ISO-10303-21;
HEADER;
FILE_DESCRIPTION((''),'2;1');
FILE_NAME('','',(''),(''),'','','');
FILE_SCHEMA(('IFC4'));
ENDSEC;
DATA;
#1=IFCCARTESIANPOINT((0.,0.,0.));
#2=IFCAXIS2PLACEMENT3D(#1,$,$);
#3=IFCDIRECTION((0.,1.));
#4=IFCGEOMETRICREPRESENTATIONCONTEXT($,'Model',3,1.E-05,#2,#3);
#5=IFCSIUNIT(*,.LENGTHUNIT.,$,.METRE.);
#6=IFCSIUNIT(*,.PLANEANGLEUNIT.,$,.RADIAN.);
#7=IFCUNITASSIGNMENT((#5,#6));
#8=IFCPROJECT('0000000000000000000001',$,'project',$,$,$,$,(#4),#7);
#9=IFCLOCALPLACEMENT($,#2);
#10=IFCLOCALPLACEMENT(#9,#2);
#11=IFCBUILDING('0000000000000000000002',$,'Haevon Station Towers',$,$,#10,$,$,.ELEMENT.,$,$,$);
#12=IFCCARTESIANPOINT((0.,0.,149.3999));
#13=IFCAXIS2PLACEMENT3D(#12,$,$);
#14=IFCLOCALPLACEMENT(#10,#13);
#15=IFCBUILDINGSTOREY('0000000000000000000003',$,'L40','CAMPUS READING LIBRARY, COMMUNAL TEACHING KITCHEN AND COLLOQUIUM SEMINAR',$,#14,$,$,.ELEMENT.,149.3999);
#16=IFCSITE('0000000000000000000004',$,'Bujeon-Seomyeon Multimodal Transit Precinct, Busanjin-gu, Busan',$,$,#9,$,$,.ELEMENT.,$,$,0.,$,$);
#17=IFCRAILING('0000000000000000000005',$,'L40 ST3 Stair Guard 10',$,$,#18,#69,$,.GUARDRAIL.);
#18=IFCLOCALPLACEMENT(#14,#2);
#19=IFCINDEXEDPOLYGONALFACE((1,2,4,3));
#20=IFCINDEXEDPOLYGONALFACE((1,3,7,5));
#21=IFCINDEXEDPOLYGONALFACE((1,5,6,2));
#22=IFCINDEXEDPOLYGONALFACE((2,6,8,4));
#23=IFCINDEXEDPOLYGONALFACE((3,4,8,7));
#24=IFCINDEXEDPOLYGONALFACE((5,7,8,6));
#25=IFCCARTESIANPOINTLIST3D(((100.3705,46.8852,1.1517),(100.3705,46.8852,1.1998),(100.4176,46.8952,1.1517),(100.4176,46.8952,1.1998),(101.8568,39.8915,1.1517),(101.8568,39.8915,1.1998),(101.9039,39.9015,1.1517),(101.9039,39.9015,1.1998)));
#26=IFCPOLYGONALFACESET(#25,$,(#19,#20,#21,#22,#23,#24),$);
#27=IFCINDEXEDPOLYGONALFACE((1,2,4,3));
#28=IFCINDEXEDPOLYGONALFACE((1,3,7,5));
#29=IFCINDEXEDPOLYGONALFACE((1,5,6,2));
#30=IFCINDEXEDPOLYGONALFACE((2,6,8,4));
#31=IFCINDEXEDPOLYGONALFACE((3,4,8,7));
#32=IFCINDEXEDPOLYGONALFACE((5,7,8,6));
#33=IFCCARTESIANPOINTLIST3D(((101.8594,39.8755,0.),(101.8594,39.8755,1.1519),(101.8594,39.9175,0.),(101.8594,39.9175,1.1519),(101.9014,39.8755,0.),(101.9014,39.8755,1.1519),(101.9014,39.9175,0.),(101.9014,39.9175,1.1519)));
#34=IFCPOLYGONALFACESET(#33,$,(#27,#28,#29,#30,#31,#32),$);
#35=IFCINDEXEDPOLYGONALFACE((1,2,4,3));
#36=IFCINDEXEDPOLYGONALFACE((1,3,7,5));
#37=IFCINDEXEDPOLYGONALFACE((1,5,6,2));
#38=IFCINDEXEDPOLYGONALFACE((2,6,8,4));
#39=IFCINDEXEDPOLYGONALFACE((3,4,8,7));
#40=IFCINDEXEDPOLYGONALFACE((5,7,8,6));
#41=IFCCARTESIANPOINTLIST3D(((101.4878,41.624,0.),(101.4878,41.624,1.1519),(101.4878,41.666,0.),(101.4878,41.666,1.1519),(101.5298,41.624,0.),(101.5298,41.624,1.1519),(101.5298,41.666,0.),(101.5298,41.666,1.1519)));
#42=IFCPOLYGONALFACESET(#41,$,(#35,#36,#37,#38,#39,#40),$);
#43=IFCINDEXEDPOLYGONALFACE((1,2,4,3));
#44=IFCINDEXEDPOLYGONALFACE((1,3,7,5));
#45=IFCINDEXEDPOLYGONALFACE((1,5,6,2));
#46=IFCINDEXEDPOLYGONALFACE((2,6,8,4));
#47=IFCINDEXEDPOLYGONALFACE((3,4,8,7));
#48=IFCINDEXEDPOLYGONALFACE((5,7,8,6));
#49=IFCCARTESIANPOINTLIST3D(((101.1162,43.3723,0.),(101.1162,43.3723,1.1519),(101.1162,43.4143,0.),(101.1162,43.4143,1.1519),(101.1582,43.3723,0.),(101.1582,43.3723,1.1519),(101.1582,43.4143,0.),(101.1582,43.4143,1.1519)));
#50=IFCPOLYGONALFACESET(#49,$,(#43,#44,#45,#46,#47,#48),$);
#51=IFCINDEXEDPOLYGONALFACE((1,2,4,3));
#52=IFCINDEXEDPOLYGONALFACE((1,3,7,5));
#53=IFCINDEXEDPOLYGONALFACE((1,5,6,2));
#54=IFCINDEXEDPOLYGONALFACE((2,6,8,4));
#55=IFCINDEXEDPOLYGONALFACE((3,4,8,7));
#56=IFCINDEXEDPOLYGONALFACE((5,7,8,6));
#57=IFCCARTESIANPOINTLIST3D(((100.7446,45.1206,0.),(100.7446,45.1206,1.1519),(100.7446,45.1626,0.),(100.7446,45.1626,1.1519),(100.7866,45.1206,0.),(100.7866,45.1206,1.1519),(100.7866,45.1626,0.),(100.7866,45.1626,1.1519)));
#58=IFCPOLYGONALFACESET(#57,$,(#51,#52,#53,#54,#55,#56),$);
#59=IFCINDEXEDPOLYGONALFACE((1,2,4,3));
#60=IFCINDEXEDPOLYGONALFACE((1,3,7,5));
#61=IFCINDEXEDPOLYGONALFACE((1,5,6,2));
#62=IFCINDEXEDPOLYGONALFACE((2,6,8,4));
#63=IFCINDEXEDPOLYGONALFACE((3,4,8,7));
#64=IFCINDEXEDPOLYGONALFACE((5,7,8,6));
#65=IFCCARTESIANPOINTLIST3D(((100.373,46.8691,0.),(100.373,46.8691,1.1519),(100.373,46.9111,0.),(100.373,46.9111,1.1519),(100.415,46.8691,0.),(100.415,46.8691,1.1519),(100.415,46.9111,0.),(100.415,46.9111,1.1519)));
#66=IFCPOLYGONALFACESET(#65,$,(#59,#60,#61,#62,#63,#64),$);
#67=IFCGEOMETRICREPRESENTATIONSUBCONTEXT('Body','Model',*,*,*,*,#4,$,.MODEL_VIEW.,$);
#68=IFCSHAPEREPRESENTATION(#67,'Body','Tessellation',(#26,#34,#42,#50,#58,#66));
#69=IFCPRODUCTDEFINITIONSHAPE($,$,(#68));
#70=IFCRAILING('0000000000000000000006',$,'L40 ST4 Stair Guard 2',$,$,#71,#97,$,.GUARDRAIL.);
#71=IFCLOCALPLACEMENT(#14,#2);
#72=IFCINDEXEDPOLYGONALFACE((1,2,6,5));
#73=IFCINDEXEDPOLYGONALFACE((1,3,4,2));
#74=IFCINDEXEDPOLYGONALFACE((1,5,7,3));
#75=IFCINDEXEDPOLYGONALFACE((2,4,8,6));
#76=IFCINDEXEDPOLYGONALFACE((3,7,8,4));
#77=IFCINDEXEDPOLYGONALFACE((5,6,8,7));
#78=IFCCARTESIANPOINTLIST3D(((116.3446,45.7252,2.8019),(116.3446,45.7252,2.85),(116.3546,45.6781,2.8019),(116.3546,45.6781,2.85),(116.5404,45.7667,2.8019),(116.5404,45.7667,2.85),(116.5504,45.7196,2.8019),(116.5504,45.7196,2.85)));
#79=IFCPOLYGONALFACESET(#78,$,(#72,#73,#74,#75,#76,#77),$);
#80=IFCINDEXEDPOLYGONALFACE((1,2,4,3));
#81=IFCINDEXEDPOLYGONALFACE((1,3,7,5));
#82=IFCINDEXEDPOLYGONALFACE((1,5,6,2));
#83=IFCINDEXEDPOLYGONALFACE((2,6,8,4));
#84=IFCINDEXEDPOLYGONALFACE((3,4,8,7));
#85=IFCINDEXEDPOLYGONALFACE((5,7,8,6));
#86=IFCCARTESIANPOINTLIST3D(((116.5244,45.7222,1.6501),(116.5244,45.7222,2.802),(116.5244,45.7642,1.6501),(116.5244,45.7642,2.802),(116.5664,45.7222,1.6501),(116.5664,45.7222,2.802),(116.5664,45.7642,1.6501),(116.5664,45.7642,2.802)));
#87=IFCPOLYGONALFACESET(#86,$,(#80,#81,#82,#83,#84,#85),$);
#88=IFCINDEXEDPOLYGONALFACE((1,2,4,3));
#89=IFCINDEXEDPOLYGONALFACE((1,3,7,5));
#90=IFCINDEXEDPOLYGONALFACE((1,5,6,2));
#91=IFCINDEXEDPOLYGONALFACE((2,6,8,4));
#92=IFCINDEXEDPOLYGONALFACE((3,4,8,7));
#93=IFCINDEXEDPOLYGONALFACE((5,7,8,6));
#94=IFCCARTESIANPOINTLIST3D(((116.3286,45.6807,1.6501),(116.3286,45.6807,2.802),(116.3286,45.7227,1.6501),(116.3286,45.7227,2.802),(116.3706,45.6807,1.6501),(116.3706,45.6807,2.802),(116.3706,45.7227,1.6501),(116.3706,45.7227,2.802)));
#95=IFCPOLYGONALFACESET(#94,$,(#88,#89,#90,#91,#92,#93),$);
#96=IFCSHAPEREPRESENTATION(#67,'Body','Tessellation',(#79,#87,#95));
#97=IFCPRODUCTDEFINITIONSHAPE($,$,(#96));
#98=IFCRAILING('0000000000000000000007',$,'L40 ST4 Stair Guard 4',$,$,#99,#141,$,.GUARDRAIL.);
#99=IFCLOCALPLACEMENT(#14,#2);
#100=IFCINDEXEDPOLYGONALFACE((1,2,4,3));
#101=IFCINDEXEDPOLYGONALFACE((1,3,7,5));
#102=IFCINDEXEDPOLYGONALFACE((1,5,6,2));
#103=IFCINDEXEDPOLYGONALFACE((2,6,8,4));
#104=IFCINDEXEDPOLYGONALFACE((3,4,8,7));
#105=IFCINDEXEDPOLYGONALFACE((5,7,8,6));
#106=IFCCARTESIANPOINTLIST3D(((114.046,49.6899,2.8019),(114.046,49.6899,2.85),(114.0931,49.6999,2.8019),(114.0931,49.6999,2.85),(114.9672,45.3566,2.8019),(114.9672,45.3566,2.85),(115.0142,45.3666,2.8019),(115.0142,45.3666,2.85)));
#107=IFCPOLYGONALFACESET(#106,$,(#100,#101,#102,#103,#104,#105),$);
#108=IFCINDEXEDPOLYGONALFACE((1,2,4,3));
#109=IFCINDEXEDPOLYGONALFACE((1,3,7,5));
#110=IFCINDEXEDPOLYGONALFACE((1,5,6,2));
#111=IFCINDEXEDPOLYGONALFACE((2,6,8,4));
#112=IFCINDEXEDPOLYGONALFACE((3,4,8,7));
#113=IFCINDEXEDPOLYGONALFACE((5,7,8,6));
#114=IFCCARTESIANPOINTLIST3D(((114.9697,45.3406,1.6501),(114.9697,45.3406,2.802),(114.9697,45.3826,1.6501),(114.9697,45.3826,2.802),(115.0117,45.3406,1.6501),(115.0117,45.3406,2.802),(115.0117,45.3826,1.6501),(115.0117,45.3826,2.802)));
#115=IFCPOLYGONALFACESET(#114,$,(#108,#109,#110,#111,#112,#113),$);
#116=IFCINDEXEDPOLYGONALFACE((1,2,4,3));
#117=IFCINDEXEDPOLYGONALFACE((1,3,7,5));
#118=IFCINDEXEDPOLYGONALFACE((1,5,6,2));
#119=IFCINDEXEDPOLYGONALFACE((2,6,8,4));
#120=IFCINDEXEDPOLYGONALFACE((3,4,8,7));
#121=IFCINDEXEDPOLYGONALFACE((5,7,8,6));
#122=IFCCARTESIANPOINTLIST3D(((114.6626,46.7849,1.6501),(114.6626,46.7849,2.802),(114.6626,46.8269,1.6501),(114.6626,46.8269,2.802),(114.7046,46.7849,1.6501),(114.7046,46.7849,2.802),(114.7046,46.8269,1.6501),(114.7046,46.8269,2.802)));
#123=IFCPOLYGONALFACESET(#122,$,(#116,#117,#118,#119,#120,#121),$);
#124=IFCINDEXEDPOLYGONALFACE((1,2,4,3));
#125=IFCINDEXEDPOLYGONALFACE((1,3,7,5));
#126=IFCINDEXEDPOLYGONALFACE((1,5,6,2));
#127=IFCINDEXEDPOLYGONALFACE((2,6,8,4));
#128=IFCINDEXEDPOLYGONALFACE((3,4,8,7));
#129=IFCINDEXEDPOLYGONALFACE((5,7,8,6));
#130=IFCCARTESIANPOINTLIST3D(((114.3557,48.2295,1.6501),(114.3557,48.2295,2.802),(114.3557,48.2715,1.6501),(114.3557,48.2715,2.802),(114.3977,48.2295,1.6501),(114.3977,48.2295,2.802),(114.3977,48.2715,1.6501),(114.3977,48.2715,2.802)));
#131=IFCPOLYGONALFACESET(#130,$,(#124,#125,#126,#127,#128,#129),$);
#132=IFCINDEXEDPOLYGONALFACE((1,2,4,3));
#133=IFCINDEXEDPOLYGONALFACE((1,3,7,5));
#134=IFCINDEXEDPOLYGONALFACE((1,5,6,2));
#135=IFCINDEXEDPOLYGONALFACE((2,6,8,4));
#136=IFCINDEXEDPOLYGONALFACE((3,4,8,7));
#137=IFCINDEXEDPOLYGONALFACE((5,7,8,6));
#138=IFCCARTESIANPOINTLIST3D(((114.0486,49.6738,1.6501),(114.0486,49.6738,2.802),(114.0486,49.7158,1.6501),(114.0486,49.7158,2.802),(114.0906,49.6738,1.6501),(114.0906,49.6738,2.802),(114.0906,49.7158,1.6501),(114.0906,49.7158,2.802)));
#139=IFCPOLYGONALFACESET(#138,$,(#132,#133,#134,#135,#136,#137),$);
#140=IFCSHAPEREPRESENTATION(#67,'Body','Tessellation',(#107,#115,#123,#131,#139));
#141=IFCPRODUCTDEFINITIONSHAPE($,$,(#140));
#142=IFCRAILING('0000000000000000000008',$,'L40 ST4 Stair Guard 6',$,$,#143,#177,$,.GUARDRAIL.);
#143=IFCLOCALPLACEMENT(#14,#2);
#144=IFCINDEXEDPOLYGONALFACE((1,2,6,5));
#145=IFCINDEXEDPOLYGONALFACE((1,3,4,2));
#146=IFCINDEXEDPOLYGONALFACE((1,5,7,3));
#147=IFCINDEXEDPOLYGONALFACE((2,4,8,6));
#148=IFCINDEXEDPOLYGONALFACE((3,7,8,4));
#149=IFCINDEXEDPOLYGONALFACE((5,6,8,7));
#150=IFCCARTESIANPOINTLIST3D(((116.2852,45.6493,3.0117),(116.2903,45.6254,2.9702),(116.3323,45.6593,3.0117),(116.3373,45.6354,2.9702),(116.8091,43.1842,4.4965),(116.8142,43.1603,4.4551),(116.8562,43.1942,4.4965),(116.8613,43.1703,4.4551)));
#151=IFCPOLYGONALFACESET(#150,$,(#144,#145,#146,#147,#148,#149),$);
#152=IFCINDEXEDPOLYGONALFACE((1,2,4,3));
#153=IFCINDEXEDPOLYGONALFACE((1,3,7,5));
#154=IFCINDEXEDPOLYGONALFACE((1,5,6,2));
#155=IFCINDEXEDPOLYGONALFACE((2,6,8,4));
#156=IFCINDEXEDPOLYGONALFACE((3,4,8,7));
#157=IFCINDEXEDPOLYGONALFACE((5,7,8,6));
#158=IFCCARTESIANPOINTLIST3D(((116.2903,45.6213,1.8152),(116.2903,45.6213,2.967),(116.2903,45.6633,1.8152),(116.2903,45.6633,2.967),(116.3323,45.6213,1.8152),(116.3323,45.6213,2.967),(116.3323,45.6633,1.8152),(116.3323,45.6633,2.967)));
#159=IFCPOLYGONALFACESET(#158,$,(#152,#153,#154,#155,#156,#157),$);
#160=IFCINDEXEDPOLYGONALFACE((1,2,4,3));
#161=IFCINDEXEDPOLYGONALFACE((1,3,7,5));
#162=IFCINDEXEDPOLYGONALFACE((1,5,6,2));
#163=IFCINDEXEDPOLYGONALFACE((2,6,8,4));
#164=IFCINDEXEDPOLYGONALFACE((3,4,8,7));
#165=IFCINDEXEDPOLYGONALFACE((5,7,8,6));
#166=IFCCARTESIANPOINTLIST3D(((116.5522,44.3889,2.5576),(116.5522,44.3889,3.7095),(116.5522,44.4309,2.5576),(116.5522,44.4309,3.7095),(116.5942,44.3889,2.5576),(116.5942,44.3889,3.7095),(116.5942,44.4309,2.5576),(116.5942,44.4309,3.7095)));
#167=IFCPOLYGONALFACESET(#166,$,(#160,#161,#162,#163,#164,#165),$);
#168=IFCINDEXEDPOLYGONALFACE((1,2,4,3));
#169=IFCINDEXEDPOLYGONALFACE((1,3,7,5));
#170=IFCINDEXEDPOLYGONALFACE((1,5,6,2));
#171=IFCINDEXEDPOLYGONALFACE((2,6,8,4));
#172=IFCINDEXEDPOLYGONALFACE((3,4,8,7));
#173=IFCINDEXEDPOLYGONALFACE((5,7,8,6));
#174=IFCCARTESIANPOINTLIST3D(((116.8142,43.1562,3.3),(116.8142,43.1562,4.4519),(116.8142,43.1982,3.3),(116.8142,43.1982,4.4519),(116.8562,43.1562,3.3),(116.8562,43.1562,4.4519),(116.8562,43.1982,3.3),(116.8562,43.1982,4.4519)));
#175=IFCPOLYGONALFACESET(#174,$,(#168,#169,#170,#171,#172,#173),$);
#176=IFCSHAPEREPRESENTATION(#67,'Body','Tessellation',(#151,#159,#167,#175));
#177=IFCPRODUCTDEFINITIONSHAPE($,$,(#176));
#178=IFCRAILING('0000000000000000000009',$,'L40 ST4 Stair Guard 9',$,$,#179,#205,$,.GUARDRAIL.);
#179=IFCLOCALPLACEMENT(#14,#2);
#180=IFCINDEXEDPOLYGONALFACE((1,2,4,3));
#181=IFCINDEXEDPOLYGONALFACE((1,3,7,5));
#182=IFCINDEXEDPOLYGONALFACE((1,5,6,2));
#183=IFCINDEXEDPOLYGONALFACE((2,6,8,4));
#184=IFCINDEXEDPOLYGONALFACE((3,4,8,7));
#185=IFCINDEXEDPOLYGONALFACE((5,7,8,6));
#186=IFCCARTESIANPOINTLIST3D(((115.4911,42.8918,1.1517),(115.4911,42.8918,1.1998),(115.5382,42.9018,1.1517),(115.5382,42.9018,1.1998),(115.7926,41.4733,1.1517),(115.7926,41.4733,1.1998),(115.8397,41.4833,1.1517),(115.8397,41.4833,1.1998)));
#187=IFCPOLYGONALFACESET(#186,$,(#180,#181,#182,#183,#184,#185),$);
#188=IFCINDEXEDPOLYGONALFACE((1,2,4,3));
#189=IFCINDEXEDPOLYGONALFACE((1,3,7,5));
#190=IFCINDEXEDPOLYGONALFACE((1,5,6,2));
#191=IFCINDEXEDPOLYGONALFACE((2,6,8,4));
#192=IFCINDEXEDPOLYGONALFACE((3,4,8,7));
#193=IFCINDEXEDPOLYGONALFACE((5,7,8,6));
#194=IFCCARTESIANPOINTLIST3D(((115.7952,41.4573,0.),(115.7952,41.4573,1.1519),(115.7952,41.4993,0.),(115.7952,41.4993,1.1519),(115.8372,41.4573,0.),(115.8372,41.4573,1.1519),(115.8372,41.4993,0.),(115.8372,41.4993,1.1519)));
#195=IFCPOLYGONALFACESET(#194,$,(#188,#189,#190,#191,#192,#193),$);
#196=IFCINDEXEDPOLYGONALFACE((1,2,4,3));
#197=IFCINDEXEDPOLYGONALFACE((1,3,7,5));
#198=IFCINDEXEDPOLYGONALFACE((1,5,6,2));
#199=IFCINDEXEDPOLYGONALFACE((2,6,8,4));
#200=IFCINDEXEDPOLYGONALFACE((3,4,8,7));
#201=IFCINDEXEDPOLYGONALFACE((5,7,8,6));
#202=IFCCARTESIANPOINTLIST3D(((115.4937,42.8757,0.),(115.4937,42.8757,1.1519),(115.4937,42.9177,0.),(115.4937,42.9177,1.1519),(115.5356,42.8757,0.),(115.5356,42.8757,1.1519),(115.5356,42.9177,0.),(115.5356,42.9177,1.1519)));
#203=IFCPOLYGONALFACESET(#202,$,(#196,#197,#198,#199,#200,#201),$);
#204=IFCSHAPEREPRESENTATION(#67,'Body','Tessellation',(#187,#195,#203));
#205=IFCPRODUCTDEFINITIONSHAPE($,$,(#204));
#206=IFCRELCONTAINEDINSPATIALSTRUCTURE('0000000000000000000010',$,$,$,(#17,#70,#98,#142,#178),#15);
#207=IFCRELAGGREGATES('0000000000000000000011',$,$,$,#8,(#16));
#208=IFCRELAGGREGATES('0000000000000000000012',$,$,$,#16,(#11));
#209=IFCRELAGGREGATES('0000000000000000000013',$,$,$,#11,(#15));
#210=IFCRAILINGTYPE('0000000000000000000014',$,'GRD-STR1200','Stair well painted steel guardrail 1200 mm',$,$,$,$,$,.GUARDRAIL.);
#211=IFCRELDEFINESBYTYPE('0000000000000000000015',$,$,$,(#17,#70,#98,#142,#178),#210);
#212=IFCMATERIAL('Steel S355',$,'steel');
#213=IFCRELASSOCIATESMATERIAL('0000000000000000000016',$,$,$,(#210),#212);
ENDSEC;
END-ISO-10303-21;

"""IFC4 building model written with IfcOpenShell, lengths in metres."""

from ifc_helpers import new_model, si_unit, direction, frame, origin, origin_2d, place, context, subcontext, project, spatial, rectangle, extrude, material, type_object, element, save


model = new_model("IFC4")

# Units and contexts
model_context = context("Model", 3, precision=1e-05, world=origin(), true_north=direction((0.0, 1.0)))
body_context = subcontext(model_context, "Body", "Model", "MODEL_VIEW")
ifc_project = project(units=[si_unit("LENGTHUNIT", "METRE"), si_unit("PLANEANGLEUNIT", "RADIAN")], contexts=[model_context])

# Site, building, storey
site_placement = place(None, origin())
site = spatial("IfcSite", under=ifc_project, at=site_placement, Name="Bujeon-Seomyeon Multimodal Transit Precinct, Busanjin-gu, Busan", CompositionType="ELEMENT", RefElevation=0.0)
building_placement = place(site_placement, origin())
building = spatial("IfcBuilding", under=site, at=building_placement, Name="Haevon Station Towers", CompositionType="ELEMENT")
storey_placement = place(building_placement, frame((0.0, 0.0, 149.3999)))
storey = spatial("IfcBuildingStorey", under=building, at=storey_placement, Name="L40", Description="CAMPUS READING LIBRARY, COMMUNAL TEACHING KITCHEN AND COLLOQUIUM SEMINAR", CompositionType="ELEMENT", Elevation=149.3999)

# Shared definitions
ifc_material_1 = material(Name="Steel S355", Category="steel")

# Railings
railing_type_1 = type_object("IfcRailingType", Name="GRD-STR1200", Description="Stair well painted steel guardrail 1200 mm", PredefinedType="GUARDRAIL", material=ifc_material_1)
railing_1_placement = place(storey_placement, frame((101.8804, 39.8965, 0.0)))
element("IfcRailing", 1, at=railing_1_placement, inside=storey, type_object=railing_type_1, Name="L40 ST3 Stair Guard 10", PredefinedType="GUARDRAIL", context=body_context, shape_type="SweptSolid", body=[
    extrude(rectangle(XDim=0.0481, YDim=0.0481, at=origin_2d()), frame((0.0, 0.0, 1.1758), z_axis=(-0.207882, 0.978154, 0.0), x_axis=(-0.978154, -0.207882, 0.0)), (0.0, 0.0, 1.0), 7.1499),
    extrude(rectangle(XDim=0.042, YDim=0.042, at=origin_2d()), origin(), (0.0, 0.0, 1.0), 1.1519),
    extrude(rectangle(XDim=0.042, YDim=0.042, at=origin_2d()), frame((-0.3716, 1.7485, 0.0)), (0.0, 0.0, 1.0), 1.1519),
    extrude(rectangle(XDim=0.042, YDim=0.042, at=origin_2d()), frame((-0.7432, 3.4968, 0.0)), (0.0, 0.0, 1.0), 1.1519),
    extrude(rectangle(XDim=0.042, YDim=0.042, at=origin_2d()), frame((-1.1147, 5.2451, 0.0)), (0.0, 0.0, 1.0), 1.1519),
    extrude(rectangle(XDim=0.042, YDim=0.042, at=origin_2d()), frame((-1.4863, 6.9937, 0.0)), (0.0, 0.0, 1.0), 1.1519),
])
railing_2_placement = place(storey_placement, frame((116.5454, 45.7432, 1.6501)))
element("IfcRailing", 2, at=railing_2_placement, inside=storey, type_object=railing_type_1, Name="L40 ST4 Stair Guard 2", PredefinedType="GUARDRAIL", context=body_context, shape_type="SweptSolid", body=[
    extrude(rectangle(XDim=0.0481, YDim=0.0481, at=origin_2d()), frame((0.0, 0.0, 1.1758), z_axis=(-0.978264, -0.207363, 0.0), x_axis=(0.207363, -0.978264, 0.0)), (0.0, 0.0, 1.0), 0.2002),
    extrude(rectangle(XDim=0.042, YDim=0.042, at=origin_2d()), origin(), (0.0, 0.0, 1.0), 1.1519),
    extrude(rectangle(XDim=0.042, YDim=0.042, at=origin_2d()), frame((-0.1958, -0.0415, 0.0)), (0.0, 0.0, 1.0), 1.1519),
])
railing_3_placement = place(storey_placement, frame((114.9907, 45.3616, 1.6501)))
element("IfcRailing", 3, at=railing_3_placement, inside=storey, type_object=railing_type_1, Name="L40 ST4 Stair Guard 4", PredefinedType="GUARDRAIL", context=body_context, shape_type="SweptSolid", body=[
    extrude(rectangle(XDim=0.0481, YDim=0.0481, at=origin_2d()), frame((0.0, 0.0, 1.1758), z_axis=(-0.207929, 0.978144, 0.0), x_axis=(-0.978144, -0.207929, 0.0)), (0.0, 0.0, 1.0), 4.4302),
    extrude(rectangle(XDim=0.042, YDim=0.042, at=origin_2d()), origin(), (0.0, 0.0, 1.0), 1.1519),
    extrude(rectangle(XDim=0.042, YDim=0.042, at=origin_2d()), frame((-0.3071, 1.4443, 0.0)), (0.0, 0.0, 1.0), 1.1519),
    extrude(rectangle(XDim=0.042, YDim=0.042, at=origin_2d()), frame((-0.614, 2.8889, 0.0)), (0.0, 0.0, 1.0), 1.1519),
    extrude(rectangle(XDim=0.042, YDim=0.042, at=origin_2d()), frame((-0.9211, 4.3333, 0.0)), (0.0, 0.0, 1.0), 1.1519),
])
railing_4_placement = place(storey_placement, frame((116.3113, 45.6423, 1.8152)))
element("IfcRailing", 4, at=railing_4_placement, inside=storey, type_object=railing_type_1, Name="L40 ST4 Stair Guard 6", PredefinedType="GUARDRAIL", context=body_context, shape_type="SweptSolid", body=[
    extrude(rectangle(XDim=0.0481, YDim=0.0481, at=origin_2d()), frame((0.0, 0.0, 1.1758), z_axis=(0.179116, -0.842748, 0.507635), x_axis=(0.978151, 0.207895, 0.0)), (0.0, 0.0, 1.0), 2.925),
    extrude(rectangle(XDim=0.042, YDim=0.042, at=origin_2d()), origin(), (0.0, 0.0, 1.0), 1.1519),
    extrude(rectangle(XDim=0.042, YDim=0.042, at=origin_2d()), frame((0.262, -1.2324, 0.7424)), (0.0, 0.0, 1.0), 1.1519),
    extrude(rectangle(XDim=0.042, YDim=0.042, at=origin_2d()), frame((0.5239, -2.4651, 1.4849)), (0.0, 0.0, 1.0), 1.1519),
])
railing_5_placement = place(storey_placement, frame((115.8162, 41.4783, 0.0)))
element("IfcRailing", 5, at=railing_5_placement, inside=storey, type_object=railing_type_1, Name="L40 ST4 Stair Guard 9", PredefinedType="GUARDRAIL", context=body_context, shape_type="SweptSolid", body=[
    extrude(rectangle(XDim=0.0481, YDim=0.0481, at=origin_2d()), frame((0.0, 0.0, 1.1758), z_axis=(-0.207919, 0.978146, 0.0), x_axis=(-0.978146, -0.207919, 0.0)), (0.0, 0.0, 1.0), 1.4502),
    extrude(rectangle(XDim=0.042, YDim=0.042, at=origin_2d()), origin(), (0.0, 0.0, 1.0), 1.1519),
    extrude(rectangle(XDim=0.042, YDim=0.042, at=origin_2d()), frame((-0.3015, 1.4185, 0.0)), (0.0, 0.0, 1.0), 1.1519),
])

save(model, "model.ifc")
